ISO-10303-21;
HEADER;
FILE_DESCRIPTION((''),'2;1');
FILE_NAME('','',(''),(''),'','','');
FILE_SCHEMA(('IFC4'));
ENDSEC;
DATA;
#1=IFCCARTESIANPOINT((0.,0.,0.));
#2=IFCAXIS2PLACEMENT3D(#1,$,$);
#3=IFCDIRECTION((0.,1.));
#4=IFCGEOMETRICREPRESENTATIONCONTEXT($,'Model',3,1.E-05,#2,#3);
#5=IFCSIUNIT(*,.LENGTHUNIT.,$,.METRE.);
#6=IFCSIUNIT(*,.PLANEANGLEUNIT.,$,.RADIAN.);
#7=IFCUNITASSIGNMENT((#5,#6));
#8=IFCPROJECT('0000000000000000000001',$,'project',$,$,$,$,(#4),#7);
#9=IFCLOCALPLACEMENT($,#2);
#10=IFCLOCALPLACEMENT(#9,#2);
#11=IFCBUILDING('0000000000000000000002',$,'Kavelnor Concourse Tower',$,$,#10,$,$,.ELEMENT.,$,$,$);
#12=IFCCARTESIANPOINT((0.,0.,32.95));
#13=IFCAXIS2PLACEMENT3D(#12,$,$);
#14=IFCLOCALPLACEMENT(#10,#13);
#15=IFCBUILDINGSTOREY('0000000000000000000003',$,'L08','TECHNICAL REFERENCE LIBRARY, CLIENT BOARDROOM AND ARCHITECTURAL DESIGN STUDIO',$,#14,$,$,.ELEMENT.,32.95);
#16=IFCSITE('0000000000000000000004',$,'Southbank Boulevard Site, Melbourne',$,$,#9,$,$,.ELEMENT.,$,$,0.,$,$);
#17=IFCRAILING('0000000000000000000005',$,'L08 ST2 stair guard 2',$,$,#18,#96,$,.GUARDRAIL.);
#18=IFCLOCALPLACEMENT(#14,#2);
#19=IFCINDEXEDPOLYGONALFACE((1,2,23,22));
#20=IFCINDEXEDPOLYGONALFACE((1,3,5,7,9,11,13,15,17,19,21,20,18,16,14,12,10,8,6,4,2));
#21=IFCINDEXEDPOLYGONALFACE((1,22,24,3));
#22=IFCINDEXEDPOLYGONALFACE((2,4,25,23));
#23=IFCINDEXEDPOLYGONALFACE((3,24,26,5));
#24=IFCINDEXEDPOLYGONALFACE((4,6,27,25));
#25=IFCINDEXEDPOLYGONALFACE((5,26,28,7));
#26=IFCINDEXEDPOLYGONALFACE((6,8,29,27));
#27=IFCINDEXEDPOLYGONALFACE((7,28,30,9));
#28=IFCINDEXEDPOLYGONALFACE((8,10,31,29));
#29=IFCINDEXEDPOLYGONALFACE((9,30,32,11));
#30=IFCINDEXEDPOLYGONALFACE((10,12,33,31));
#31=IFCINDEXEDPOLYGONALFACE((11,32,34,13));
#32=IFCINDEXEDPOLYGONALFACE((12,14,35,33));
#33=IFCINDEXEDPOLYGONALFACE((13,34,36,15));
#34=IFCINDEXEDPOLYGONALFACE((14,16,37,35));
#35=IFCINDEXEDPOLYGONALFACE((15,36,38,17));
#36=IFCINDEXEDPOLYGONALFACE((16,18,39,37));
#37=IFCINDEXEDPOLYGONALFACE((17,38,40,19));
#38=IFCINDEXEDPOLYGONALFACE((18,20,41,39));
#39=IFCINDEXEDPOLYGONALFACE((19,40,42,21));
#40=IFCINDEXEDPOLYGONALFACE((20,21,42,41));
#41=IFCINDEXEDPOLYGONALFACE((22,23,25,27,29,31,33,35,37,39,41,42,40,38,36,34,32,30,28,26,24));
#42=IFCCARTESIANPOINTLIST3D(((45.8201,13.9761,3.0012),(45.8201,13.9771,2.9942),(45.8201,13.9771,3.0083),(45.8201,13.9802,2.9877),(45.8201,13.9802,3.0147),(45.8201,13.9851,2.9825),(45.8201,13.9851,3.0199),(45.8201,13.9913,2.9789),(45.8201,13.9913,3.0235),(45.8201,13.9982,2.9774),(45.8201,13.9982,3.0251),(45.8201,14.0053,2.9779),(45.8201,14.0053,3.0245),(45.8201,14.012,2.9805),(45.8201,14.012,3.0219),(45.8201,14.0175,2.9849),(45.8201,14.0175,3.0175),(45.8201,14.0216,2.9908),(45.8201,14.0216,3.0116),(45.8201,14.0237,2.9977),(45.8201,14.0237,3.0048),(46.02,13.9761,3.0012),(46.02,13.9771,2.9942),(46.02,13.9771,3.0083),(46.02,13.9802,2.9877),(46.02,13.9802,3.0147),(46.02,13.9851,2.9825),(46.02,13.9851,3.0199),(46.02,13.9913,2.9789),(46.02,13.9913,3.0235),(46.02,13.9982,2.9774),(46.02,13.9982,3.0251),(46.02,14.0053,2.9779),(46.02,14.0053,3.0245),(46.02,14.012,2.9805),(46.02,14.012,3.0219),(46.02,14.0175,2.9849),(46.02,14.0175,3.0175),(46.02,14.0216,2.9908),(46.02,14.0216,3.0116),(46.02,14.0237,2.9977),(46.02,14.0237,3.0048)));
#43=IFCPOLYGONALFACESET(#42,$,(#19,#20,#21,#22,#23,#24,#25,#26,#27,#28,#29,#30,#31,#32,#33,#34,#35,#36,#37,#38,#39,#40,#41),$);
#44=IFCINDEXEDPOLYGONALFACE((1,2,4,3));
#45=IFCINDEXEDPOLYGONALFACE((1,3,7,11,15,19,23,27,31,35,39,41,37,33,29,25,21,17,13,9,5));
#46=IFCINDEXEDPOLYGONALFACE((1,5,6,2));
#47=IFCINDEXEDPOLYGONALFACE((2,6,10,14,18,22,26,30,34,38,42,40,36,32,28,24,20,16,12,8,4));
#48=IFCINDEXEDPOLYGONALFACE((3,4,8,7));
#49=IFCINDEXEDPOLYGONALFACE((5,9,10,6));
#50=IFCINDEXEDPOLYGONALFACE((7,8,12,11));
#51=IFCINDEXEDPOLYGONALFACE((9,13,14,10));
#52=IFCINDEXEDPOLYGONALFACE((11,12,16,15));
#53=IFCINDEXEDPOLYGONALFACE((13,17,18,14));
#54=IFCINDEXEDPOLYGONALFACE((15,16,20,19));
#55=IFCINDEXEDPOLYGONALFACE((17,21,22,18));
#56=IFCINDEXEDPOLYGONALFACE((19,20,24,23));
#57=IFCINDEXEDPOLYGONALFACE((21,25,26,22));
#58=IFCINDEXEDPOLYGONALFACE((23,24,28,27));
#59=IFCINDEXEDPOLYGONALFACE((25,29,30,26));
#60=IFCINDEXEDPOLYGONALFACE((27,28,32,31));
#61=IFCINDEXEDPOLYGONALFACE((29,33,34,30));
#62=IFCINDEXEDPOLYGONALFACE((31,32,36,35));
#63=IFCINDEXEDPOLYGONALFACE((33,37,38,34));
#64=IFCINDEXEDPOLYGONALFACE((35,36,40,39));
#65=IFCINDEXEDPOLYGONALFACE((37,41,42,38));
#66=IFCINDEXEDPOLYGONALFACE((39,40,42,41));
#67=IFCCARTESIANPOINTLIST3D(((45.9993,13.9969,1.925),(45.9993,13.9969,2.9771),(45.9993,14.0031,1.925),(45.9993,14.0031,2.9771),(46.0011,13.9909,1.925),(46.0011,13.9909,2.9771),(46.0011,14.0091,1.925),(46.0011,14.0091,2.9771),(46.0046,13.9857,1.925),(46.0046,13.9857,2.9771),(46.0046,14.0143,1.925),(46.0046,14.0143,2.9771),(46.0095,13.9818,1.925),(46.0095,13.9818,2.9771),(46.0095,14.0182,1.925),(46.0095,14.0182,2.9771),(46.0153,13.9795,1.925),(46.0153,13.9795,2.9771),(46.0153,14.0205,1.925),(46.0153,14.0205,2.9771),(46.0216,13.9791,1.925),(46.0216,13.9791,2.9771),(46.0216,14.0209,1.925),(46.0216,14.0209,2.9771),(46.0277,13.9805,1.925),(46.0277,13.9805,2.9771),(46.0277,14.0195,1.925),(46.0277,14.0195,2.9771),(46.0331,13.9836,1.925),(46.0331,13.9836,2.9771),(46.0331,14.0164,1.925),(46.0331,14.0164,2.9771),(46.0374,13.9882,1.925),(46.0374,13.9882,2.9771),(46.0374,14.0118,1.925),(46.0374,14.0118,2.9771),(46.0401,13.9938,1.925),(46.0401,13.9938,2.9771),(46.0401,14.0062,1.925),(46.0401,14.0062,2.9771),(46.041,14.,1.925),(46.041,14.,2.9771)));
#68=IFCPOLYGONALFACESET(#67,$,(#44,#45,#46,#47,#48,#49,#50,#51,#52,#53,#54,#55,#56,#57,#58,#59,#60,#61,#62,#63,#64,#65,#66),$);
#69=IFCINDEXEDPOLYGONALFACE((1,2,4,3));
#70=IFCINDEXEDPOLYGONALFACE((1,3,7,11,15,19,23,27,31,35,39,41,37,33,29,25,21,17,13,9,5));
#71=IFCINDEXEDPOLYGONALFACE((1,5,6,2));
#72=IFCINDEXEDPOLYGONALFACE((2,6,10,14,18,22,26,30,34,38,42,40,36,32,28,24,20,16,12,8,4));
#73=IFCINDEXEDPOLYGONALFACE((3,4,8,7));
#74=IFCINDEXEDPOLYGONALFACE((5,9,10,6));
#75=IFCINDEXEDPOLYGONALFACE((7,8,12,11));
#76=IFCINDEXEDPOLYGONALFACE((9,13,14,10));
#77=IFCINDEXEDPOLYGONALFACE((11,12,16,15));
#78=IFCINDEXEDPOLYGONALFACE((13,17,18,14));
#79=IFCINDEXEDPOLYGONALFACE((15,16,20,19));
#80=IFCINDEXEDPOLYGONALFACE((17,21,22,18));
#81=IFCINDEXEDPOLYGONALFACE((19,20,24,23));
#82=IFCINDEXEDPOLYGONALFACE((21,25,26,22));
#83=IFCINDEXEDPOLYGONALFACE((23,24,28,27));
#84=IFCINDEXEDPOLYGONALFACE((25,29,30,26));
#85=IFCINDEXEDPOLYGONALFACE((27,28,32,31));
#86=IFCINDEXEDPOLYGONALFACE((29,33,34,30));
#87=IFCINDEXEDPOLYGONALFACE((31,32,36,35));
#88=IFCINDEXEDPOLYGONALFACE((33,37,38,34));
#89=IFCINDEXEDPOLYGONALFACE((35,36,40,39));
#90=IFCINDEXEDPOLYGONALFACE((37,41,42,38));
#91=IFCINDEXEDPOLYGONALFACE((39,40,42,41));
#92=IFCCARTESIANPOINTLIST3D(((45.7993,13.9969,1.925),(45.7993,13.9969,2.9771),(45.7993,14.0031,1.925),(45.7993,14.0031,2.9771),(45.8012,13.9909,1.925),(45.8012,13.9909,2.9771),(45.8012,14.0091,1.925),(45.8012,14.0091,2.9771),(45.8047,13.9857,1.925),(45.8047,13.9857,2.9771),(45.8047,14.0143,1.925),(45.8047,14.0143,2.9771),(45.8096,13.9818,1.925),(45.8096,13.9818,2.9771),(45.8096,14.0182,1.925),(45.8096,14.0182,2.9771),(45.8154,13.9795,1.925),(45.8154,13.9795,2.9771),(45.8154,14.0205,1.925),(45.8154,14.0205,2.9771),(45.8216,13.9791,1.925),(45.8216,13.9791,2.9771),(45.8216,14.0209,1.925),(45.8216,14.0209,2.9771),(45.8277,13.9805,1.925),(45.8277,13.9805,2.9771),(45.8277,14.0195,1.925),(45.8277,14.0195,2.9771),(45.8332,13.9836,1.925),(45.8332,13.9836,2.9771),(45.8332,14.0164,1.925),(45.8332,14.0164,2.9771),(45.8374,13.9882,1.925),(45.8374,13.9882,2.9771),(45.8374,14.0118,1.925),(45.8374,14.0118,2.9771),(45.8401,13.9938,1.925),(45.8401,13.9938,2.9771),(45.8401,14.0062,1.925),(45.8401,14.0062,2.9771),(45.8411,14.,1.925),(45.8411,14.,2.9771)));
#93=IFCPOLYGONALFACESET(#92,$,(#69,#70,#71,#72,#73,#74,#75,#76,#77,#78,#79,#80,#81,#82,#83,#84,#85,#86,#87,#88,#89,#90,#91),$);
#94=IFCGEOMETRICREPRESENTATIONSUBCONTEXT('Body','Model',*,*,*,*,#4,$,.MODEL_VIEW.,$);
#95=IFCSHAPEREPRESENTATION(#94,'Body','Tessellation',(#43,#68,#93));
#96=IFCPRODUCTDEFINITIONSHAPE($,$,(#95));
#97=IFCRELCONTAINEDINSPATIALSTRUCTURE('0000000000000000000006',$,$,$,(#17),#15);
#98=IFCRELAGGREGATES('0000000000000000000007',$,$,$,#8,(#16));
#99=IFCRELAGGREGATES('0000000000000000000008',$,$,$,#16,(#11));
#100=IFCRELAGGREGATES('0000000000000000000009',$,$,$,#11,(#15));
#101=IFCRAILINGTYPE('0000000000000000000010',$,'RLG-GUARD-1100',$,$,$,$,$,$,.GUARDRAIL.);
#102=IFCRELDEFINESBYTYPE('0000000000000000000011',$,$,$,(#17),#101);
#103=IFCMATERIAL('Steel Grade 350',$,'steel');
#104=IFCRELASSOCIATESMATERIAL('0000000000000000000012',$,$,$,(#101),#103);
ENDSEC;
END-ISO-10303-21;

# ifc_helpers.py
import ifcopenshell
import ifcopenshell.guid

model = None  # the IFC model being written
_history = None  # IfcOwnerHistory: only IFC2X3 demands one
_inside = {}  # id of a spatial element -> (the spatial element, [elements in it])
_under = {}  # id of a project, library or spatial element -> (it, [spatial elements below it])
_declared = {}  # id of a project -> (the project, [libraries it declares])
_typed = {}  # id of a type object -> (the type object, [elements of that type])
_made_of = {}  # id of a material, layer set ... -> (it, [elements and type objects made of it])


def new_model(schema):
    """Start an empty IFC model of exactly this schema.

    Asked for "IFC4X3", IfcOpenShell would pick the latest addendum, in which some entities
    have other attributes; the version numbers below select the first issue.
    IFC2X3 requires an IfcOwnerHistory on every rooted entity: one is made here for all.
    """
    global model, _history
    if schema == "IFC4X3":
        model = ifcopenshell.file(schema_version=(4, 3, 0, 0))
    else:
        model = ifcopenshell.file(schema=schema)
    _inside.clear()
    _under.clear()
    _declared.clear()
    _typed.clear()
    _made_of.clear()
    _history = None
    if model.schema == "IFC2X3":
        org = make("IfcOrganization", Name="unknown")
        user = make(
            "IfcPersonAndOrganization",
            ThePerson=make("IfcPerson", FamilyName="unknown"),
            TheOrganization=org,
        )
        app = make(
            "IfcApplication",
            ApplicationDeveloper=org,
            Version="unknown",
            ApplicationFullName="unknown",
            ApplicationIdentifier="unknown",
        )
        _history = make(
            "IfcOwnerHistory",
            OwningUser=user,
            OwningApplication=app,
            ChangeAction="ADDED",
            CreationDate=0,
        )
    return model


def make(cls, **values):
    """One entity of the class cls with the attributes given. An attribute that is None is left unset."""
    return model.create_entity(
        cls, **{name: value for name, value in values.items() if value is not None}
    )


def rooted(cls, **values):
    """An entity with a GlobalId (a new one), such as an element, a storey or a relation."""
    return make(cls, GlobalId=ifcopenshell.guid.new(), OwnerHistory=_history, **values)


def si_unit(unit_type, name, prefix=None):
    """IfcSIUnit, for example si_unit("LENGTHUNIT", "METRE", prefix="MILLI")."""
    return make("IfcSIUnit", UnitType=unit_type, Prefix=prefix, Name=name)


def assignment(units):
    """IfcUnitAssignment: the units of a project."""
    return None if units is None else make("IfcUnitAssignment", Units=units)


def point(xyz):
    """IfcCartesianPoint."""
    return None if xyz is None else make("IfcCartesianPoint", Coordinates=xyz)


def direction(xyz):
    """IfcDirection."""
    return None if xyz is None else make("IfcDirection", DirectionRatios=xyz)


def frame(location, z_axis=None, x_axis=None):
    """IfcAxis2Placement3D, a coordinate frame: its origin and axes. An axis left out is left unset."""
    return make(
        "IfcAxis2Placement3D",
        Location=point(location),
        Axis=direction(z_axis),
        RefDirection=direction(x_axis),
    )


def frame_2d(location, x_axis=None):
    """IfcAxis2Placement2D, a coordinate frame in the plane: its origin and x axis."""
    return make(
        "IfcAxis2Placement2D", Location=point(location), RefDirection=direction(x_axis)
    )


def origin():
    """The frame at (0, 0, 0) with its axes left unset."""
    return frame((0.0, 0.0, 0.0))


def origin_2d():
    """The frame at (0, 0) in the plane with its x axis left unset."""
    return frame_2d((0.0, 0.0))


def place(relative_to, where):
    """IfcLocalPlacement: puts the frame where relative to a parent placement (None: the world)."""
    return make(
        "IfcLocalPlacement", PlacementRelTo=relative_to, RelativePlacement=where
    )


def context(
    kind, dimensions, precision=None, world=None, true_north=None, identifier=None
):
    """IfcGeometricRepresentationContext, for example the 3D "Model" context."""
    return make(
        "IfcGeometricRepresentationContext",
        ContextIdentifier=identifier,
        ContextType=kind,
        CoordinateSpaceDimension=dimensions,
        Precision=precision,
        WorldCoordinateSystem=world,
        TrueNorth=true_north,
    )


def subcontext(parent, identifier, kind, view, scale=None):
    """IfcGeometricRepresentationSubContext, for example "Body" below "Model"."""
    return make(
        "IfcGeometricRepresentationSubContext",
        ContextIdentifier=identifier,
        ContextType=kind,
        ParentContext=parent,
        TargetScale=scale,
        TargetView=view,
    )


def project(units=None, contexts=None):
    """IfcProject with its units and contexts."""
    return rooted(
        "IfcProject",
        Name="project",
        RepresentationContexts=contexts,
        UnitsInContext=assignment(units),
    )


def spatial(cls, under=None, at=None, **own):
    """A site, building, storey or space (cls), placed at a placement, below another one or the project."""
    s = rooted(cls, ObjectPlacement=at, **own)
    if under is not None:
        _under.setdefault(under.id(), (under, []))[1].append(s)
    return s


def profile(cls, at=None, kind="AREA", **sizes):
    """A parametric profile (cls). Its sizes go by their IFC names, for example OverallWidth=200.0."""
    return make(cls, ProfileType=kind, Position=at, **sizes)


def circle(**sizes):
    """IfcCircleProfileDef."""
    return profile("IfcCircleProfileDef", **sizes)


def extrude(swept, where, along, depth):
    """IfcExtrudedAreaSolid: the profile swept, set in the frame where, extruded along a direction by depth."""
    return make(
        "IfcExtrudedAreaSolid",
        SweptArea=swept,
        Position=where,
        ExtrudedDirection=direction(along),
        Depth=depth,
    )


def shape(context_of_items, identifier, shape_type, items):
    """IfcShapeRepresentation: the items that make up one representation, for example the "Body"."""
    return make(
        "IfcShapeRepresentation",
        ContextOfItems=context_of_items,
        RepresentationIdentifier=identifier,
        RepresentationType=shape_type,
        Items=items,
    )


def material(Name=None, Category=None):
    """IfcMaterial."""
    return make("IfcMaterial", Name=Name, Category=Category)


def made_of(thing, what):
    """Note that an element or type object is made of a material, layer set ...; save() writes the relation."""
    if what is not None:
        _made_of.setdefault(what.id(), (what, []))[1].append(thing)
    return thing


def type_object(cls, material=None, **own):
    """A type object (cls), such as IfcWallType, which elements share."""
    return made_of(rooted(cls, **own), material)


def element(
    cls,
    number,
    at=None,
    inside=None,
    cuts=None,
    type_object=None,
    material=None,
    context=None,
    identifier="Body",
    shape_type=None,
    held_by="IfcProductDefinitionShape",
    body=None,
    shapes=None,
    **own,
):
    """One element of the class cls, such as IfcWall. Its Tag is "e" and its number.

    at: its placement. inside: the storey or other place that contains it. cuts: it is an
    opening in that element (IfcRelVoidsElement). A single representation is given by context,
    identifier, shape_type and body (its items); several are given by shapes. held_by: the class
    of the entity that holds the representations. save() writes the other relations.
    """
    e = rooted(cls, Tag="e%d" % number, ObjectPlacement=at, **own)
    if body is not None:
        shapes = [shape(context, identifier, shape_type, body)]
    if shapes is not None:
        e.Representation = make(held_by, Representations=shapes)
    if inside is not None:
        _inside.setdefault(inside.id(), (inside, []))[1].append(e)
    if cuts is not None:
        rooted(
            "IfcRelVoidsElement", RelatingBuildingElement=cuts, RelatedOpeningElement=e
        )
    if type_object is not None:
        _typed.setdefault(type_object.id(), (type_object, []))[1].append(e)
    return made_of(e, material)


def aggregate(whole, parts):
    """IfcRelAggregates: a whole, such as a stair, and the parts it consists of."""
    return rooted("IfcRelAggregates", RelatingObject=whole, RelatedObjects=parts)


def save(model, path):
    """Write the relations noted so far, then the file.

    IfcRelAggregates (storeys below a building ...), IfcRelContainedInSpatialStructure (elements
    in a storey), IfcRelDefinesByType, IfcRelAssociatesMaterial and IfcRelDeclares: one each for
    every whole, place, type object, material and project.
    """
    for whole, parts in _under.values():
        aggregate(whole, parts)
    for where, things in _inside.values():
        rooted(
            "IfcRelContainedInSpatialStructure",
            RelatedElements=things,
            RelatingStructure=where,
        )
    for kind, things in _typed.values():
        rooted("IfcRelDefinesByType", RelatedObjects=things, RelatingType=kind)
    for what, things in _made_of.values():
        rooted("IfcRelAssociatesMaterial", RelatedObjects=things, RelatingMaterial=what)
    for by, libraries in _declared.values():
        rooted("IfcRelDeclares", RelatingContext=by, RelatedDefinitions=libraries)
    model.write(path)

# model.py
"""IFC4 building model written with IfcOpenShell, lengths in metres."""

from ifc_helpers import new_model, si_unit, direction, frame, origin, origin_2d, place, context, subcontext, project, spatial, circle, extrude, material, type_object, element, save


model = new_model("IFC4")

# Units and contexts
model_context = context("Model", 3, precision=1e-05, world=origin(), true_north=direction((0.0, 1.0)))
body_context = subcontext(model_context, "Body", "Model", "MODEL_VIEW")
ifc_project = project(units=[si_unit("LENGTHUNIT", "METRE"), si_unit("PLANEANGLEUNIT", "RADIAN")], contexts=[model_context])

# Site, building, storey
site_placement = place(None, origin())
site = spatial("IfcSite", under=ifc_project, at=site_placement, Name="Southbank Boulevard Site, Melbourne", CompositionType="ELEMENT", RefElevation=0.0)
building_placement = place(site_placement, origin())
building = spatial("IfcBuilding", under=site, at=building_placement, Name="Kavelnor Concourse Tower", CompositionType="ELEMENT")
storey_placement = place(building_placement, frame((0.0, 0.0, 32.95)))
storey = spatial("IfcBuildingStorey", under=building, at=storey_placement, Name="L08", Description="TECHNICAL REFERENCE LIBRARY, CLIENT BOARDROOM AND ARCHITECTURAL DESIGN STUDIO", CompositionType="ELEMENT", Elevation=32.95)

# Shared definitions
ifc_material_1 = material(Name="Steel Grade 350", Category="steel")

# Railing
railing_type_1 = type_object("IfcRailingType", Name="RLG-GUARD-1100", PredefinedType="GUARDRAIL", material=ifc_material_1)
railing_1_placement = place(storey_placement, frame((46.02, 14.0, 1.925)))
element("IfcRailing", 1, at=railing_1_placement, inside=storey, type_object=railing_type_1, Name="L08 ST2 stair guard 2", PredefinedType="GUARDRAIL", context=body_context, shape_type="SweptSolid", body=[
    extrude(circle(Radius=0.0239, at=origin_2d()), frame((0.0, 0.0, 1.0762), z_axis=(-1.0, 0.0, 0.0), x_axis=(0.0, -1.0, 0.0)), (0.0, 0.0, 1.0), 0.2),
    extrude(circle(Radius=0.021, at=origin_2d()), origin(), (0.0, 0.0, 1.0), 1.052),
    extrude(circle(Radius=0.021, at=origin_2d()), frame((-0.2, 0.0, 0.0)), (0.0, 0.0, 1.0), 1.052),
])

save(model, "model.ifc")
